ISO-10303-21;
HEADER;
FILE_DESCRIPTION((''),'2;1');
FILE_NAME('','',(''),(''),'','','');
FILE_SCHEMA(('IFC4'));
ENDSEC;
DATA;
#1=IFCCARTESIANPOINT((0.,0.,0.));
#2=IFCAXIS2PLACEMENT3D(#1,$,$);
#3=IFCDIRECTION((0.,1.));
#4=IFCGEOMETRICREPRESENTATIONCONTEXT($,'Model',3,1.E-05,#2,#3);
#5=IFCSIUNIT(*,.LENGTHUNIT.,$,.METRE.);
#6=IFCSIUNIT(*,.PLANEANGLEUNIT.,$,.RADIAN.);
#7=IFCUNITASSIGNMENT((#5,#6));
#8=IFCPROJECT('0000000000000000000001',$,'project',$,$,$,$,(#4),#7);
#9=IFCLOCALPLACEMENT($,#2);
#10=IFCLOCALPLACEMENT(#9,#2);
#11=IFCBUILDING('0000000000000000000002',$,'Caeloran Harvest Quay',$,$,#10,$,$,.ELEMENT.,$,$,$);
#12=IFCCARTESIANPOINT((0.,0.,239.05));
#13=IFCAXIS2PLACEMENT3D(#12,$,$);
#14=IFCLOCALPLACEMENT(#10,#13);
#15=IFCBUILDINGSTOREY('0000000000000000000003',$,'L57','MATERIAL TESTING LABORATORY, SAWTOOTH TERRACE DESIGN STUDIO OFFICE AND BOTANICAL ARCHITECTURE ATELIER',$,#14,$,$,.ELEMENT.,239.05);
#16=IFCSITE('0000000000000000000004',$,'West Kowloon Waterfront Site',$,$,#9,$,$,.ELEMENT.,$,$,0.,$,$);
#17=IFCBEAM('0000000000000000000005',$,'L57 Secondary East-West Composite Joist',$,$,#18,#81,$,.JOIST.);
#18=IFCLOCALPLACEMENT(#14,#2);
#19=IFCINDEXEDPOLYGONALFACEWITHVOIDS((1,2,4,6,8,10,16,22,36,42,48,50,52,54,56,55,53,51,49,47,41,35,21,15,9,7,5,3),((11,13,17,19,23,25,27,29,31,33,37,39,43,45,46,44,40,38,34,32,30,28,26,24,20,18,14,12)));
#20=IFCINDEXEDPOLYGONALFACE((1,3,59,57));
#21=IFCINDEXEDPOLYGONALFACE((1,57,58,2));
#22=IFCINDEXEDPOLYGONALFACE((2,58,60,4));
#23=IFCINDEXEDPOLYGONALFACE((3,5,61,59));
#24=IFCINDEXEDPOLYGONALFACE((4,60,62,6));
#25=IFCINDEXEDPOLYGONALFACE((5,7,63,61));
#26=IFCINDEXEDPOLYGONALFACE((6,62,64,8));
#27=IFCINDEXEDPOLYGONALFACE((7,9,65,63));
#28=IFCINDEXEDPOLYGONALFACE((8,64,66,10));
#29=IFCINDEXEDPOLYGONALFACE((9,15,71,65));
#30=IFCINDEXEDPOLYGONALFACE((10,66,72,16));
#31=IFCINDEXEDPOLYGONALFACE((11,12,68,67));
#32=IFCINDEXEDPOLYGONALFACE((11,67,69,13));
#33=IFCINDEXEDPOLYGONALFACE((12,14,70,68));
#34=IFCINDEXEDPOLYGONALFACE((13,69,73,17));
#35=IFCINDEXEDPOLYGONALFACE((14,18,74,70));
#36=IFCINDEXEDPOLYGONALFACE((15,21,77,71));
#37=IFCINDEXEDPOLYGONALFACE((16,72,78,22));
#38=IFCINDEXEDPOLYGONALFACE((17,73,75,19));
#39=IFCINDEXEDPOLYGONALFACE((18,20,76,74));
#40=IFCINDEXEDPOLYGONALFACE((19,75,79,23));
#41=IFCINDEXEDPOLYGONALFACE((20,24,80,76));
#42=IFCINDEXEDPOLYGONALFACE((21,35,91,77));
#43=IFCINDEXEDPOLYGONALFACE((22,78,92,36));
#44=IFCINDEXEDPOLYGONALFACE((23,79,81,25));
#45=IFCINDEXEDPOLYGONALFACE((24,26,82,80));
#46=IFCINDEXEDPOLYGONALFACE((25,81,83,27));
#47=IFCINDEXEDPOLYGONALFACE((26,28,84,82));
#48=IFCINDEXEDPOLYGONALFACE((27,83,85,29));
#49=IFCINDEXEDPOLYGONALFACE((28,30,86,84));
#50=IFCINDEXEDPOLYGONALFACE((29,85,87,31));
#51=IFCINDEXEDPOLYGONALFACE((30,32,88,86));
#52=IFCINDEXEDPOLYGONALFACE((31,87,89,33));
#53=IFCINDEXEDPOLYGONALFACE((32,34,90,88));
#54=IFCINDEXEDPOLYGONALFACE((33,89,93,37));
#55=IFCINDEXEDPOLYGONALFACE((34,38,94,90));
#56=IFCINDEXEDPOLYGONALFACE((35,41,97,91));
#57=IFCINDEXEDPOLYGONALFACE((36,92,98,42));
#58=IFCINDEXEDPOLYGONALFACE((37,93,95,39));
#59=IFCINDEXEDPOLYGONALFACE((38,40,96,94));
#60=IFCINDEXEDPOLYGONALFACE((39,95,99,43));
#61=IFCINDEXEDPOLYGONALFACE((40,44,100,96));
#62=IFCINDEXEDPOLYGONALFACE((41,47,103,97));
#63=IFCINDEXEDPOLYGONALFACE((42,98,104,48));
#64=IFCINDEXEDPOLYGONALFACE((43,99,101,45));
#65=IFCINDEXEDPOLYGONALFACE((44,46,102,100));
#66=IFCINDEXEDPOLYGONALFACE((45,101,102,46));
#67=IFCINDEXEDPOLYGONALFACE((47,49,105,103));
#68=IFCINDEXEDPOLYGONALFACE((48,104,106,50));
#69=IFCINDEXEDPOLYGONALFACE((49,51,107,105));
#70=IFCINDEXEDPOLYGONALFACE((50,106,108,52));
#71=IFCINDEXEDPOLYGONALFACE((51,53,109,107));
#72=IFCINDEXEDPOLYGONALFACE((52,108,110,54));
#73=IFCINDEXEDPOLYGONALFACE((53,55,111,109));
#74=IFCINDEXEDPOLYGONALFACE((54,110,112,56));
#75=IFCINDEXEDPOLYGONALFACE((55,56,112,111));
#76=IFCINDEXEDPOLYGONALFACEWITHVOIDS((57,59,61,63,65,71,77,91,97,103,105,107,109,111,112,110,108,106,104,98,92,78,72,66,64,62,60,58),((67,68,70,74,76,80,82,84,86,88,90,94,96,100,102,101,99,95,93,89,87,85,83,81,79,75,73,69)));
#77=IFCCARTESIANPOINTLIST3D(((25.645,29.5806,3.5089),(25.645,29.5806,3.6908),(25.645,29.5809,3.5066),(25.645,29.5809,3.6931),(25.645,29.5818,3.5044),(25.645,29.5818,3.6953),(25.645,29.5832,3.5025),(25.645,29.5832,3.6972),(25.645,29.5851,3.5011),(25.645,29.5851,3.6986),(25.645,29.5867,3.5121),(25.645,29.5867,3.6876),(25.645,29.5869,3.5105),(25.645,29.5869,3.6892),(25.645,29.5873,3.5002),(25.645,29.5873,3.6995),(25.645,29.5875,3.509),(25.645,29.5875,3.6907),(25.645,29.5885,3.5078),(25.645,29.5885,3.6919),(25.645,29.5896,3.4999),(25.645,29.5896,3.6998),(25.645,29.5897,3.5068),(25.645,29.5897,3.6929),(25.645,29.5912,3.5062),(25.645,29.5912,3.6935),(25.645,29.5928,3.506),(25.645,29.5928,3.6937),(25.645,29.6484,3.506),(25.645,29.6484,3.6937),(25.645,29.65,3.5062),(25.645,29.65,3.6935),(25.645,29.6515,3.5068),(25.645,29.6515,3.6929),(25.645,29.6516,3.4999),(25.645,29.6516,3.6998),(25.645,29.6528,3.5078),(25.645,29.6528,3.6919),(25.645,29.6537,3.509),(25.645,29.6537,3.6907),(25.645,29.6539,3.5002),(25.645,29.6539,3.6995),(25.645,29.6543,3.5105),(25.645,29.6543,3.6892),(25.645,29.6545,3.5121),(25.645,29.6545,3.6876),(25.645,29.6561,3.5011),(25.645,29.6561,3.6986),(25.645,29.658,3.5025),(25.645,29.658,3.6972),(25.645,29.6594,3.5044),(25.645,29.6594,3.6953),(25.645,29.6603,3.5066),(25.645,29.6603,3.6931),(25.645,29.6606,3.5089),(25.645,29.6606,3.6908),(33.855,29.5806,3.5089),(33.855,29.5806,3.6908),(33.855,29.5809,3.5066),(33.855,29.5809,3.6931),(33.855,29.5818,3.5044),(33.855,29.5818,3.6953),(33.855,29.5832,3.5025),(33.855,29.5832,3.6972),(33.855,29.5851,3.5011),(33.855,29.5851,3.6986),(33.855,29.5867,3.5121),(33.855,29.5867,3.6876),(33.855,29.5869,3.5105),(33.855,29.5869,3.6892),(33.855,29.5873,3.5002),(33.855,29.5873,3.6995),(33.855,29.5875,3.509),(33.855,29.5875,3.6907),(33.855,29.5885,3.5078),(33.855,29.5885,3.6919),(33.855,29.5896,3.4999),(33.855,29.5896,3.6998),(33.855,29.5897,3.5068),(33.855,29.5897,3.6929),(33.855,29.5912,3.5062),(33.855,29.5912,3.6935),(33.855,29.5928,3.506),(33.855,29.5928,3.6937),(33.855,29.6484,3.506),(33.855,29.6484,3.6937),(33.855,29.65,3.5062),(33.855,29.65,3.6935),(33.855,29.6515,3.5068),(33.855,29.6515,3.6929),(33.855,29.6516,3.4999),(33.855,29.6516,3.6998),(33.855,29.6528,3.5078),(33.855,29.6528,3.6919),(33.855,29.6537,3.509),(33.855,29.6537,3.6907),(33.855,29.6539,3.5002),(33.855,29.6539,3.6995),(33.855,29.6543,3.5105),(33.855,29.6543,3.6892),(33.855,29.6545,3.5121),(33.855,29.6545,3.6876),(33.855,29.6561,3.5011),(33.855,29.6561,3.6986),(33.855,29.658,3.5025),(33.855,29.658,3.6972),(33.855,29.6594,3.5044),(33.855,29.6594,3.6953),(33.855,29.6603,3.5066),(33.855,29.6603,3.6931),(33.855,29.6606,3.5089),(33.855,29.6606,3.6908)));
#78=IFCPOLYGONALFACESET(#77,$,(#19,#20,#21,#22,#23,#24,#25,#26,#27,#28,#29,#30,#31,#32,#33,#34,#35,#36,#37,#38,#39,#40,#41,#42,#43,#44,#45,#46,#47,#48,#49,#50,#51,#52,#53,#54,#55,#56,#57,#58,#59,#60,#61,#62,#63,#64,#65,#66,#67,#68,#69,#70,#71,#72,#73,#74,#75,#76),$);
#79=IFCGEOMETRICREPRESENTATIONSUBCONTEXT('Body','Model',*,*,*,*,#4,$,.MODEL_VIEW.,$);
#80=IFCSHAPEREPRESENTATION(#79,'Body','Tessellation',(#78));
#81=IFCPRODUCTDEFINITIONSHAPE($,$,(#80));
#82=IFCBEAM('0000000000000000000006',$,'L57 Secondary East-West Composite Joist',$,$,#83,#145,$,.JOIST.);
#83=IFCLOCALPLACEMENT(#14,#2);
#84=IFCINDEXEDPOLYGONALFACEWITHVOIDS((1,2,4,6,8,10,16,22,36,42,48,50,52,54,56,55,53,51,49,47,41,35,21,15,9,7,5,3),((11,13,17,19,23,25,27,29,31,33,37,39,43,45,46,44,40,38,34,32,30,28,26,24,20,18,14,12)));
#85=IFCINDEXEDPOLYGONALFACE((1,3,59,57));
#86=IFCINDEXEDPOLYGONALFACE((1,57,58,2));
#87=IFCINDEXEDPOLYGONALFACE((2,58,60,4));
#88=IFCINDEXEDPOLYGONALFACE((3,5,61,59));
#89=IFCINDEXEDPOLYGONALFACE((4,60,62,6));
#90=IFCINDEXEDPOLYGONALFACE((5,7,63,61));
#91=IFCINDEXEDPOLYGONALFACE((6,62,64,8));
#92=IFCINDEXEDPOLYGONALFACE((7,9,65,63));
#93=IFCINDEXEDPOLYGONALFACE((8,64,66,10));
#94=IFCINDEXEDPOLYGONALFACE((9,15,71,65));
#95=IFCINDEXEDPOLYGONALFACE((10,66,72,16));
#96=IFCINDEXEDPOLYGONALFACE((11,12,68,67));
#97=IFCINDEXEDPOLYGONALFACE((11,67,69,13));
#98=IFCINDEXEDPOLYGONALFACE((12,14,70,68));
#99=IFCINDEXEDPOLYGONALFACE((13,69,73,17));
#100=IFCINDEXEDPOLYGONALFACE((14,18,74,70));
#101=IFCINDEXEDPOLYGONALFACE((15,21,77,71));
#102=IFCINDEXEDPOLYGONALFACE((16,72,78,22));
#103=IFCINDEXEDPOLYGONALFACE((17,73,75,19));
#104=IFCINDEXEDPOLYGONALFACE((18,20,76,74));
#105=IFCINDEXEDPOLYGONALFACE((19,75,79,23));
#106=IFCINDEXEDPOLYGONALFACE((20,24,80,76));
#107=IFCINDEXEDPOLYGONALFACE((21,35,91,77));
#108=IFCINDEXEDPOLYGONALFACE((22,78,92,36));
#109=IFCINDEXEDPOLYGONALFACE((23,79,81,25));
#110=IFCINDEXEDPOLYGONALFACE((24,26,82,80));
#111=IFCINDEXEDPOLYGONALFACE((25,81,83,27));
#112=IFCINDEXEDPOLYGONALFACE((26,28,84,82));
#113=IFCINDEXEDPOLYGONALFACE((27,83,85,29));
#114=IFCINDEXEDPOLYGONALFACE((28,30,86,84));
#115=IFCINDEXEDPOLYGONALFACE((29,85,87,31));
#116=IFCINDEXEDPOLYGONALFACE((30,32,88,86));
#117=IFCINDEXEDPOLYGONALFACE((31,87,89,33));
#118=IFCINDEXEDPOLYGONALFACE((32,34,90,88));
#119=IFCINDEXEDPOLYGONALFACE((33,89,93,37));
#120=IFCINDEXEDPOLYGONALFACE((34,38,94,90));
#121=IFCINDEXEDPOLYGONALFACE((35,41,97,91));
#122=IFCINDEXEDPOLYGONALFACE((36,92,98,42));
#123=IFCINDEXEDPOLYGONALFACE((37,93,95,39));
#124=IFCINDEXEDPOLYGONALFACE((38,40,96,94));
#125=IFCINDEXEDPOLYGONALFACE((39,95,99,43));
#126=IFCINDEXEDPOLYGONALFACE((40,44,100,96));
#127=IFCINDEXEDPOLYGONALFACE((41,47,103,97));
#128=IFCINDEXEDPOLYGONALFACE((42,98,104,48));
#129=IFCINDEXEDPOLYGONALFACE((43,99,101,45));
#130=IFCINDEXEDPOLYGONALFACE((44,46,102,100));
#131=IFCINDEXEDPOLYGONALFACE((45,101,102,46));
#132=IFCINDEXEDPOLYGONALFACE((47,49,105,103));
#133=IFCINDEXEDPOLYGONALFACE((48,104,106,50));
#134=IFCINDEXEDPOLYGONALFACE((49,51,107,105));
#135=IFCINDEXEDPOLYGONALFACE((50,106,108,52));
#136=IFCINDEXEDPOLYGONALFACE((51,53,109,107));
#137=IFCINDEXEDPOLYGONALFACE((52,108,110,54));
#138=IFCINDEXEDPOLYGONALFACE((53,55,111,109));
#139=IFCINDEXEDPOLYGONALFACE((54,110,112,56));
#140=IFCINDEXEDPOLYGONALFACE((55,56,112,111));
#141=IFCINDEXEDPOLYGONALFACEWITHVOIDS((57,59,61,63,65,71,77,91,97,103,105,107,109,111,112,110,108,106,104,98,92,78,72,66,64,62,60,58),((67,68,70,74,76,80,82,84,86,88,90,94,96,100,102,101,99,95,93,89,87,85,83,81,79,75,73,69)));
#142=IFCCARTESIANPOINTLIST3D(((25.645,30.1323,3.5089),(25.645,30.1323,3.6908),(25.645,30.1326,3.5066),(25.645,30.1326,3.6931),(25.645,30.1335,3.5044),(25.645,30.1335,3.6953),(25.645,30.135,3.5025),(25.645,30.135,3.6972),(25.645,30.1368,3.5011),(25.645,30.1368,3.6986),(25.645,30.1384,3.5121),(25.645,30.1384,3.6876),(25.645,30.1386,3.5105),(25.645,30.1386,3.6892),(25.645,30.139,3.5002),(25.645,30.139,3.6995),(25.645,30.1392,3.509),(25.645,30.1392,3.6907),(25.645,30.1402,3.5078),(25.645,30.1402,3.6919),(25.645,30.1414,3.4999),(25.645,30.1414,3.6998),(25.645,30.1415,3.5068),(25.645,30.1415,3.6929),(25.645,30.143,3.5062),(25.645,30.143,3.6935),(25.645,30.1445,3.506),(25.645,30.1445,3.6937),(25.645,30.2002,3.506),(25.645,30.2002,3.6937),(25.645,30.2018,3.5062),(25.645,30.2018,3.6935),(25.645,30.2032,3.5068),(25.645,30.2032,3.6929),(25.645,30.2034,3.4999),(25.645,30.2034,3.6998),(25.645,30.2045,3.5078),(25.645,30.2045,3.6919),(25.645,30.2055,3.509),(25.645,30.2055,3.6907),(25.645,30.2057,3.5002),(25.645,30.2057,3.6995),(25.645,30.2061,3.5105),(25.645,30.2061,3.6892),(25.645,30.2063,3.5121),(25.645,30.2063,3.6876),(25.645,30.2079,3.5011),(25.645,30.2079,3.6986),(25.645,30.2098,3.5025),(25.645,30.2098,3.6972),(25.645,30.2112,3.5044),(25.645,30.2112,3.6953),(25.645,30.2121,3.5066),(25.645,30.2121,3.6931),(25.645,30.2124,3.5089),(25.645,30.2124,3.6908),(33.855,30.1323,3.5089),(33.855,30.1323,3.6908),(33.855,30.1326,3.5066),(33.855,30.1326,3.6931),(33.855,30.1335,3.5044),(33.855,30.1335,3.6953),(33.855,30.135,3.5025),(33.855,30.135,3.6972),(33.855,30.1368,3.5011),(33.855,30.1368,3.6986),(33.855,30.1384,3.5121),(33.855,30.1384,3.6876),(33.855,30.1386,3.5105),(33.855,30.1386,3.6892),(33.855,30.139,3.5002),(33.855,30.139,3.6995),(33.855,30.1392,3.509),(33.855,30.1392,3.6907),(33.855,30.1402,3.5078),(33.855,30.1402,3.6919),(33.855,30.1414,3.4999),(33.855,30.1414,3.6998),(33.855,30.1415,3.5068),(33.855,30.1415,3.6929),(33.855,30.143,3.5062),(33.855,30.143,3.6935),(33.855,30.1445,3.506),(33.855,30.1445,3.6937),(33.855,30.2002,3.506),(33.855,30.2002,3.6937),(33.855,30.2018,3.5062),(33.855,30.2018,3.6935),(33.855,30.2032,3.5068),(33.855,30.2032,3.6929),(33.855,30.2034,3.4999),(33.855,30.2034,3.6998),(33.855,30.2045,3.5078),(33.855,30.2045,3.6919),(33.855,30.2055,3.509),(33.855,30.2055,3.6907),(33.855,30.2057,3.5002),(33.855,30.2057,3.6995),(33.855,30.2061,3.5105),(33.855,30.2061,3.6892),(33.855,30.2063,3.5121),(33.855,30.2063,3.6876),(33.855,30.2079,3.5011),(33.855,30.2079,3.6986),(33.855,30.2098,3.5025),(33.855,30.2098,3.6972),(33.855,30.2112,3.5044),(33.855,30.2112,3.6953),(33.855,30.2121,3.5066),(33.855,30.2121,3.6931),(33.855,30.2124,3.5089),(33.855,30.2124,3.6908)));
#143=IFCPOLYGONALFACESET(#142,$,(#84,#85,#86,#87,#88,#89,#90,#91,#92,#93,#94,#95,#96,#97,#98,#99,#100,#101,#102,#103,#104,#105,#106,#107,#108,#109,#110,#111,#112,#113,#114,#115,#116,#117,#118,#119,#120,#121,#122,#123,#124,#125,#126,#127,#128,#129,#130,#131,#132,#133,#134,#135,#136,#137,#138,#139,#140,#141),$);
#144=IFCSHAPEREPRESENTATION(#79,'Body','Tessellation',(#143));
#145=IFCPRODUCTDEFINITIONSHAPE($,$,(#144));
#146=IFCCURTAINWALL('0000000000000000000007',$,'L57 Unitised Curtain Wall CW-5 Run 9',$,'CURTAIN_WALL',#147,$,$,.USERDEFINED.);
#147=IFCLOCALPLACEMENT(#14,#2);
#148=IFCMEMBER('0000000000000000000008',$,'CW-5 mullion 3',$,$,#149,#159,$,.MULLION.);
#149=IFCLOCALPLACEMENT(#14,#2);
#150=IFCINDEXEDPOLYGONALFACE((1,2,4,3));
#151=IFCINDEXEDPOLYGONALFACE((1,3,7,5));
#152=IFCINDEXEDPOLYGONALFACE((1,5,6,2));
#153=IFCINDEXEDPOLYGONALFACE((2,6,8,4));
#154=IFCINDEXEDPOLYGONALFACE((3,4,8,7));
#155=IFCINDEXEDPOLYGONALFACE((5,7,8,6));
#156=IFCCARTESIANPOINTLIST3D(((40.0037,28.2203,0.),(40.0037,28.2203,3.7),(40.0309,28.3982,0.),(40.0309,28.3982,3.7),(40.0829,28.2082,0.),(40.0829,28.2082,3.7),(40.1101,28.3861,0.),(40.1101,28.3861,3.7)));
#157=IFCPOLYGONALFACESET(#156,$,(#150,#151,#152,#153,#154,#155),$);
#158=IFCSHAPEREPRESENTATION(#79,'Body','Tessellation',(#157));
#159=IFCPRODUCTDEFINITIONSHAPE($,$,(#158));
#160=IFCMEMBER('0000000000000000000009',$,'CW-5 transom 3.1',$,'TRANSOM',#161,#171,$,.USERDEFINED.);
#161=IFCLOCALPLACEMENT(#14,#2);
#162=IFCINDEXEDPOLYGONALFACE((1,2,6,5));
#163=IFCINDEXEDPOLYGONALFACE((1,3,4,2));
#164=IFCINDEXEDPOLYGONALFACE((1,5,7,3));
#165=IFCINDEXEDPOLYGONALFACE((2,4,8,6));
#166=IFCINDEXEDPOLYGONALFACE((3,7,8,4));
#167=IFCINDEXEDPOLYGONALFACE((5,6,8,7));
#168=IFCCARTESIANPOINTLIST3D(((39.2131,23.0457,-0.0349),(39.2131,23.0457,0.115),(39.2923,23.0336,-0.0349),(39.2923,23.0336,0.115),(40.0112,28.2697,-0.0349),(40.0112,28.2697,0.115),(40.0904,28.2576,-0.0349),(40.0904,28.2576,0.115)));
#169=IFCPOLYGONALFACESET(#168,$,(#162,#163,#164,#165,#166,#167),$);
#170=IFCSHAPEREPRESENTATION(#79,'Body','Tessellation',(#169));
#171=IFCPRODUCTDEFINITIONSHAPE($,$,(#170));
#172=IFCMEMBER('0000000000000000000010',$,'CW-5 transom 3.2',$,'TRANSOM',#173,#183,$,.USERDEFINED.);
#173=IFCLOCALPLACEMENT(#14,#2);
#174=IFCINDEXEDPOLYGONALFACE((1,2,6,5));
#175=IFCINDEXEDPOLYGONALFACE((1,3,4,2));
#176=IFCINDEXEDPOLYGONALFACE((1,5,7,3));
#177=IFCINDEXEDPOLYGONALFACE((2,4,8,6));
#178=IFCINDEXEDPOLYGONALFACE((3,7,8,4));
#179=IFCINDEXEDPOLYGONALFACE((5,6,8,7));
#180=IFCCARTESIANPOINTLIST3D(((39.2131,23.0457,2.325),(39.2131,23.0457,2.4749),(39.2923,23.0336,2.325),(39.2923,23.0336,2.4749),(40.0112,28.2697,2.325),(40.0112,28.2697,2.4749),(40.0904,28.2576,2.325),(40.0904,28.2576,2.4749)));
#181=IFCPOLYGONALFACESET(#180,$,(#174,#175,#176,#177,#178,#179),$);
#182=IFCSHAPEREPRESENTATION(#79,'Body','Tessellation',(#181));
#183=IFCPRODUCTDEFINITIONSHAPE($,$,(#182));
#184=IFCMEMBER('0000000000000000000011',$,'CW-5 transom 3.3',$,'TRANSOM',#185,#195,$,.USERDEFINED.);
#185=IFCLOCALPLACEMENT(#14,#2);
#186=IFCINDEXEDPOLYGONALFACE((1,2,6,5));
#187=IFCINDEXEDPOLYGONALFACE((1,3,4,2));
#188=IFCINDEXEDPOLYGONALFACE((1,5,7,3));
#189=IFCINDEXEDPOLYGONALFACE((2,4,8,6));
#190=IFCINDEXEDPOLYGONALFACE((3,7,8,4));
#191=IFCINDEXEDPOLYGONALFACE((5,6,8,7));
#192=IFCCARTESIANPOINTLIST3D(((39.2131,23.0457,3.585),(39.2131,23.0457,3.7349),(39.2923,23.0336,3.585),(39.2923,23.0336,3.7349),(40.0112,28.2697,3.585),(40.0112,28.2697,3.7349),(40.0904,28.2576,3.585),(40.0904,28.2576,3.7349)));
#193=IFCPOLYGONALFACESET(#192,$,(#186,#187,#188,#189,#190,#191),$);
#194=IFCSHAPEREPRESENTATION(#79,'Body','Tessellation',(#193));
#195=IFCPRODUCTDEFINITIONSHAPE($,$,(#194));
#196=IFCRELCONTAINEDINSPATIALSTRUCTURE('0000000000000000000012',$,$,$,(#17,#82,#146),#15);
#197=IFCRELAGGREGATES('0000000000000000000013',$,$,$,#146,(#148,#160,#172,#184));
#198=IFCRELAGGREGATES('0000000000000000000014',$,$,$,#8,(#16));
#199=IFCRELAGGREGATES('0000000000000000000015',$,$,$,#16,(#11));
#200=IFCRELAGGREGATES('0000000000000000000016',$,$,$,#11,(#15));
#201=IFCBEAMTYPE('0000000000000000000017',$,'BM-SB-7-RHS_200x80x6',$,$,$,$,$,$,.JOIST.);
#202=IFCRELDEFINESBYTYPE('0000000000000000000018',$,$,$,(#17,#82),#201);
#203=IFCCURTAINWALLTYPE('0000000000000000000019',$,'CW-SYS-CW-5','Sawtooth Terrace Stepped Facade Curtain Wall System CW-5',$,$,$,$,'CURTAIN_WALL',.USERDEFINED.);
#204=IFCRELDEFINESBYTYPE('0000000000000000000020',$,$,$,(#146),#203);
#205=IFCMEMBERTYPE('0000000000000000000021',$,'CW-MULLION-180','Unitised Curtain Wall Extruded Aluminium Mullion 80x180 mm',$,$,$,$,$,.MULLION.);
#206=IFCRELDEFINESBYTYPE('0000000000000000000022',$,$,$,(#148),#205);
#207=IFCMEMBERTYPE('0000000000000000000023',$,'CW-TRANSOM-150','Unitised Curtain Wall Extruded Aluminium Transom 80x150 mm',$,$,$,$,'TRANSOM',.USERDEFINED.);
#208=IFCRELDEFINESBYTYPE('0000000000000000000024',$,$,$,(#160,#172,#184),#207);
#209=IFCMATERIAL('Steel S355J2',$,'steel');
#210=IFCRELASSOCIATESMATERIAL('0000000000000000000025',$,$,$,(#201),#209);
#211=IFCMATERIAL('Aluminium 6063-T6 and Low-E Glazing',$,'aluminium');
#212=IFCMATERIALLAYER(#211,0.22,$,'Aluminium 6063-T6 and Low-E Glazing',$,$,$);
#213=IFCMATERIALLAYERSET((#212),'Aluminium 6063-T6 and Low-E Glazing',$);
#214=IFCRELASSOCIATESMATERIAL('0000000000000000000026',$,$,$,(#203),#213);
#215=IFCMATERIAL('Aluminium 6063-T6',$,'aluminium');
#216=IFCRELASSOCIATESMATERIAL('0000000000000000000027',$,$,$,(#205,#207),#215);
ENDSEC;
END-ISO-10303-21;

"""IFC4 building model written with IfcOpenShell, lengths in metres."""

from ifc_helpers import new_model, si_unit, direction, frame, origin, origin_2d, place, context, subcontext, project, spatial, rectangle, hollow_rectangle, extrude, material, layer, layer_set, material_profile, profile_set, type_object, element, aggregate, save


model = new_model("IFC4")

# Units and contexts
model_context = context("Model", 3, precision=1e-05, world=origin(), true_north=direction((0.0, 1.0)))
body_context = subcontext(model_context, "Body", "Model", "MODEL_VIEW")
ifc_project = project(units=[si_unit("LENGTHUNIT", "METRE"), si_unit("PLANEANGLEUNIT", "RADIAN")], contexts=[model_context])

# Site, building, storey
site_placement = place(None, origin())
site = spatial("IfcSite", under=ifc_project, at=site_placement, Name="West Kowloon Waterfront Site", CompositionType="ELEMENT", RefElevation=0.0)
building_placement = place(site_placement, origin())
building = spatial("IfcBuilding", under=site, at=building_placement, Name="Caeloran Harvest Quay", CompositionType="ELEMENT")
storey_placement = place(building_placement, frame((0.0, 0.0, 239.05)))
storey = spatial("IfcBuildingStorey", under=building, at=storey_placement, Name="L57", Description="MATERIAL TESTING LABORATORY, SAWTOOTH TERRACE DESIGN STUDIO OFFICE AND BOTANICAL ARCHITECTURE ATELIER", CompositionType="ELEMENT", Elevation=239.05)

# Beams
ifc_material_1 = material(Name="Steel S355J2", Category="steel")
ifc_material_profile_1 = material_profile(ifc_material_1, hollow_rectangle(XDim=0.0801, YDim=0.2, WallThickness=0.0061, InnerFilletRadius=0.0061, OuterFilletRadius=0.009, at=origin_2d()), Name="RHS 200x80x6")
ifc_profile_set_1 = profile_set([ifc_material_profile_1], Name="Steel S355J2")
beam_type_1 = type_object("IfcBeamType", Name="BM-SB-7-RHS_200x80x6", PredefinedType="JOIST", material=ifc_profile_set_1)
for number, where, z_axis, x_axis, name in (
    (1, (25.645, 29.6206, 3.5999), (1.0, 0.0, 0.0), (0.0, 1.0, 0.0), "L57 Secondary East-West Composite Joist"),
    (2, (25.645, 30.1724, 3.5999), (1.0, 0.0, 0.0), (0.0, 1.0, 0.0), "L57 Secondary East-West Composite Joist"),
):
    element("IfcBeam", number, at=place(storey_placement, frame(where, z_axis=z_axis, x_axis=x_axis)), inside=storey, type_object=beam_type_1, Name=name, PredefinedType="JOIST", context=body_context, shape_type="SweptSolid", body=[
        extrude(hollow_rectangle(XDim=0.0801, YDim=0.2, WallThickness=0.0061, InnerFilletRadius=0.0061, OuterFilletRadius=0.009, at=origin_2d()), origin(), (0.0, 0.0, 1.0), 8.21),
    ])

# Curtain wall, members
ifc_material_2 = material(Name="Aluminium 6063-T6 and Low-E Glazing", Category="aluminium")
ifc_layer_1 = layer(ifc_material_2, 0.22, Name="Aluminium 6063-T6 and Low-E Glazing")
ifc_layer_set_1 = layer_set([ifc_layer_1], Name="Aluminium 6063-T6 and Low-E Glazing")
curtain_wall_type = type_object("IfcCurtainWallType", Name="CW-SYS-CW-5", Description="Sawtooth Terrace Stepped Facade Curtain Wall System CW-5", ElementType="CURTAIN_WALL", PredefinedType="USERDEFINED", material=ifc_layer_set_1)
curtain_wall_placement = place(storey_placement, origin())
curtain_wall = element("IfcCurtainWall", 3, at=curtain_wall_placement, inside=storey, type_object=curtain_wall_type, Name="L57 Unitised Curtain Wall CW-5 Run 9", ObjectType="CURTAIN_WALL", PredefinedType="USERDEFINED")
ifc_material_3 = material(Name="Aluminium 6063-T6", Category="aluminium")
ifc_material_profile_2 = material_profile(ifc_material_3, rectangle(XDim=0.0801, YDim=0.1799, at=origin_2d()), Name="CW-MULLION-180")
ifc_profile_set_2 = profile_set([ifc_material_profile_2], Name="Aluminium 6063-T6")
member_type_1 = type_object("IfcMemberType", Name="CW-MULLION-180", Description="Unitised Curtain Wall Extruded Aluminium Mullion 80x180 mm", PredefinedType="MULLION", material=ifc_profile_set_2)
member_1_placement = place(storey_placement, frame((40.0569, 28.3032, 0.0), z_axis=(0.0, 0.0, 1.0), x_axis=(0.98853, -0.151028, 0.0)))
member_1 = element("IfcMember", 4, at=member_1_placement, type_object=member_type_1, Name="CW-5 mullion 3", PredefinedType="MULLION", context=body_context, shape_type="SweptSolid", body=[
    extrude(rectangle(XDim=0.0801, YDim=0.1799, at=origin_2d()), origin(), (0.0, 0.0, 1.0), 3.7),
])
ifc_material_profile_3 = material_profile(ifc_material_3, rectangle(XDim=0.0801, YDim=0.1499, at=origin_2d()), Name="CW-TRANSOM-150")
ifc_profile_set_3 = profile_set([ifc_material_profile_3], Name="Aluminium 6063-T6")
member_type_2 = type_object("IfcMemberType", Name="CW-TRANSOM-150", Description="Unitised Curtain Wall Extruded Aluminium Transom 80x150 mm", ElementType="TRANSOM", PredefinedType="USERDEFINED", material=ifc_profile_set_3)
member_2_placement = place(storey_placement, frame((40.0508, 28.2637, 0.04), z_axis=(-0.151019, -0.988531, 0.0), x_axis=(0.988531, -0.151019, 0.0)))
member_2 = element("IfcMember", 5, at=member_2_placement, type_object=member_type_2, Name="CW-5 transom 3.1", ObjectType="TRANSOM", PredefinedType="USERDEFINED", context=body_context, shape_type="SweptSolid", body=[
    extrude(rectangle(XDim=0.0801, YDim=0.1499, at=origin_2d()), origin(), (0.0, 0.0, 1.0), 5.2847),
])
member_3_placement = place(storey_placement, frame((40.0508, 28.2637, 2.3999), z_axis=(-0.151019, -0.988531, 0.0), x_axis=(0.988531, -0.151019, 0.0)))
member_3 = element("IfcMember", 6, at=member_3_placement, type_object=member_type_2, Name="CW-5 transom 3.2", ObjectType="TRANSOM", PredefinedType="USERDEFINED", context=body_context, shape_type="SweptSolid", body=[
    extrude(rectangle(XDim=0.0801, YDim=0.1499, at=origin_2d()), origin(), (0.0, 0.0, 1.0), 5.2847),
])
member_4_placement = place(storey_placement, frame((40.0508, 28.2637, 3.6599), z_axis=(-0.151019, -0.988531, 0.0), x_axis=(0.988531, -0.151019, 0.0)))
member_4 = element("IfcMember", 7, at=member_4_placement, type_object=member_type_2, Name="CW-5 transom 3.3", ObjectType="TRANSOM", PredefinedType="USERDEFINED", context=body_context, shape_type="SweptSolid", body=[
    extrude(rectangle(XDim=0.0801, YDim=0.1499, at=origin_2d()), origin(), (0.0, 0.0, 1.0), 5.2847),
])
aggregate(curtain_wall, [member_1, member_2, member_3, member_4])

save(model, "model.ifc")
